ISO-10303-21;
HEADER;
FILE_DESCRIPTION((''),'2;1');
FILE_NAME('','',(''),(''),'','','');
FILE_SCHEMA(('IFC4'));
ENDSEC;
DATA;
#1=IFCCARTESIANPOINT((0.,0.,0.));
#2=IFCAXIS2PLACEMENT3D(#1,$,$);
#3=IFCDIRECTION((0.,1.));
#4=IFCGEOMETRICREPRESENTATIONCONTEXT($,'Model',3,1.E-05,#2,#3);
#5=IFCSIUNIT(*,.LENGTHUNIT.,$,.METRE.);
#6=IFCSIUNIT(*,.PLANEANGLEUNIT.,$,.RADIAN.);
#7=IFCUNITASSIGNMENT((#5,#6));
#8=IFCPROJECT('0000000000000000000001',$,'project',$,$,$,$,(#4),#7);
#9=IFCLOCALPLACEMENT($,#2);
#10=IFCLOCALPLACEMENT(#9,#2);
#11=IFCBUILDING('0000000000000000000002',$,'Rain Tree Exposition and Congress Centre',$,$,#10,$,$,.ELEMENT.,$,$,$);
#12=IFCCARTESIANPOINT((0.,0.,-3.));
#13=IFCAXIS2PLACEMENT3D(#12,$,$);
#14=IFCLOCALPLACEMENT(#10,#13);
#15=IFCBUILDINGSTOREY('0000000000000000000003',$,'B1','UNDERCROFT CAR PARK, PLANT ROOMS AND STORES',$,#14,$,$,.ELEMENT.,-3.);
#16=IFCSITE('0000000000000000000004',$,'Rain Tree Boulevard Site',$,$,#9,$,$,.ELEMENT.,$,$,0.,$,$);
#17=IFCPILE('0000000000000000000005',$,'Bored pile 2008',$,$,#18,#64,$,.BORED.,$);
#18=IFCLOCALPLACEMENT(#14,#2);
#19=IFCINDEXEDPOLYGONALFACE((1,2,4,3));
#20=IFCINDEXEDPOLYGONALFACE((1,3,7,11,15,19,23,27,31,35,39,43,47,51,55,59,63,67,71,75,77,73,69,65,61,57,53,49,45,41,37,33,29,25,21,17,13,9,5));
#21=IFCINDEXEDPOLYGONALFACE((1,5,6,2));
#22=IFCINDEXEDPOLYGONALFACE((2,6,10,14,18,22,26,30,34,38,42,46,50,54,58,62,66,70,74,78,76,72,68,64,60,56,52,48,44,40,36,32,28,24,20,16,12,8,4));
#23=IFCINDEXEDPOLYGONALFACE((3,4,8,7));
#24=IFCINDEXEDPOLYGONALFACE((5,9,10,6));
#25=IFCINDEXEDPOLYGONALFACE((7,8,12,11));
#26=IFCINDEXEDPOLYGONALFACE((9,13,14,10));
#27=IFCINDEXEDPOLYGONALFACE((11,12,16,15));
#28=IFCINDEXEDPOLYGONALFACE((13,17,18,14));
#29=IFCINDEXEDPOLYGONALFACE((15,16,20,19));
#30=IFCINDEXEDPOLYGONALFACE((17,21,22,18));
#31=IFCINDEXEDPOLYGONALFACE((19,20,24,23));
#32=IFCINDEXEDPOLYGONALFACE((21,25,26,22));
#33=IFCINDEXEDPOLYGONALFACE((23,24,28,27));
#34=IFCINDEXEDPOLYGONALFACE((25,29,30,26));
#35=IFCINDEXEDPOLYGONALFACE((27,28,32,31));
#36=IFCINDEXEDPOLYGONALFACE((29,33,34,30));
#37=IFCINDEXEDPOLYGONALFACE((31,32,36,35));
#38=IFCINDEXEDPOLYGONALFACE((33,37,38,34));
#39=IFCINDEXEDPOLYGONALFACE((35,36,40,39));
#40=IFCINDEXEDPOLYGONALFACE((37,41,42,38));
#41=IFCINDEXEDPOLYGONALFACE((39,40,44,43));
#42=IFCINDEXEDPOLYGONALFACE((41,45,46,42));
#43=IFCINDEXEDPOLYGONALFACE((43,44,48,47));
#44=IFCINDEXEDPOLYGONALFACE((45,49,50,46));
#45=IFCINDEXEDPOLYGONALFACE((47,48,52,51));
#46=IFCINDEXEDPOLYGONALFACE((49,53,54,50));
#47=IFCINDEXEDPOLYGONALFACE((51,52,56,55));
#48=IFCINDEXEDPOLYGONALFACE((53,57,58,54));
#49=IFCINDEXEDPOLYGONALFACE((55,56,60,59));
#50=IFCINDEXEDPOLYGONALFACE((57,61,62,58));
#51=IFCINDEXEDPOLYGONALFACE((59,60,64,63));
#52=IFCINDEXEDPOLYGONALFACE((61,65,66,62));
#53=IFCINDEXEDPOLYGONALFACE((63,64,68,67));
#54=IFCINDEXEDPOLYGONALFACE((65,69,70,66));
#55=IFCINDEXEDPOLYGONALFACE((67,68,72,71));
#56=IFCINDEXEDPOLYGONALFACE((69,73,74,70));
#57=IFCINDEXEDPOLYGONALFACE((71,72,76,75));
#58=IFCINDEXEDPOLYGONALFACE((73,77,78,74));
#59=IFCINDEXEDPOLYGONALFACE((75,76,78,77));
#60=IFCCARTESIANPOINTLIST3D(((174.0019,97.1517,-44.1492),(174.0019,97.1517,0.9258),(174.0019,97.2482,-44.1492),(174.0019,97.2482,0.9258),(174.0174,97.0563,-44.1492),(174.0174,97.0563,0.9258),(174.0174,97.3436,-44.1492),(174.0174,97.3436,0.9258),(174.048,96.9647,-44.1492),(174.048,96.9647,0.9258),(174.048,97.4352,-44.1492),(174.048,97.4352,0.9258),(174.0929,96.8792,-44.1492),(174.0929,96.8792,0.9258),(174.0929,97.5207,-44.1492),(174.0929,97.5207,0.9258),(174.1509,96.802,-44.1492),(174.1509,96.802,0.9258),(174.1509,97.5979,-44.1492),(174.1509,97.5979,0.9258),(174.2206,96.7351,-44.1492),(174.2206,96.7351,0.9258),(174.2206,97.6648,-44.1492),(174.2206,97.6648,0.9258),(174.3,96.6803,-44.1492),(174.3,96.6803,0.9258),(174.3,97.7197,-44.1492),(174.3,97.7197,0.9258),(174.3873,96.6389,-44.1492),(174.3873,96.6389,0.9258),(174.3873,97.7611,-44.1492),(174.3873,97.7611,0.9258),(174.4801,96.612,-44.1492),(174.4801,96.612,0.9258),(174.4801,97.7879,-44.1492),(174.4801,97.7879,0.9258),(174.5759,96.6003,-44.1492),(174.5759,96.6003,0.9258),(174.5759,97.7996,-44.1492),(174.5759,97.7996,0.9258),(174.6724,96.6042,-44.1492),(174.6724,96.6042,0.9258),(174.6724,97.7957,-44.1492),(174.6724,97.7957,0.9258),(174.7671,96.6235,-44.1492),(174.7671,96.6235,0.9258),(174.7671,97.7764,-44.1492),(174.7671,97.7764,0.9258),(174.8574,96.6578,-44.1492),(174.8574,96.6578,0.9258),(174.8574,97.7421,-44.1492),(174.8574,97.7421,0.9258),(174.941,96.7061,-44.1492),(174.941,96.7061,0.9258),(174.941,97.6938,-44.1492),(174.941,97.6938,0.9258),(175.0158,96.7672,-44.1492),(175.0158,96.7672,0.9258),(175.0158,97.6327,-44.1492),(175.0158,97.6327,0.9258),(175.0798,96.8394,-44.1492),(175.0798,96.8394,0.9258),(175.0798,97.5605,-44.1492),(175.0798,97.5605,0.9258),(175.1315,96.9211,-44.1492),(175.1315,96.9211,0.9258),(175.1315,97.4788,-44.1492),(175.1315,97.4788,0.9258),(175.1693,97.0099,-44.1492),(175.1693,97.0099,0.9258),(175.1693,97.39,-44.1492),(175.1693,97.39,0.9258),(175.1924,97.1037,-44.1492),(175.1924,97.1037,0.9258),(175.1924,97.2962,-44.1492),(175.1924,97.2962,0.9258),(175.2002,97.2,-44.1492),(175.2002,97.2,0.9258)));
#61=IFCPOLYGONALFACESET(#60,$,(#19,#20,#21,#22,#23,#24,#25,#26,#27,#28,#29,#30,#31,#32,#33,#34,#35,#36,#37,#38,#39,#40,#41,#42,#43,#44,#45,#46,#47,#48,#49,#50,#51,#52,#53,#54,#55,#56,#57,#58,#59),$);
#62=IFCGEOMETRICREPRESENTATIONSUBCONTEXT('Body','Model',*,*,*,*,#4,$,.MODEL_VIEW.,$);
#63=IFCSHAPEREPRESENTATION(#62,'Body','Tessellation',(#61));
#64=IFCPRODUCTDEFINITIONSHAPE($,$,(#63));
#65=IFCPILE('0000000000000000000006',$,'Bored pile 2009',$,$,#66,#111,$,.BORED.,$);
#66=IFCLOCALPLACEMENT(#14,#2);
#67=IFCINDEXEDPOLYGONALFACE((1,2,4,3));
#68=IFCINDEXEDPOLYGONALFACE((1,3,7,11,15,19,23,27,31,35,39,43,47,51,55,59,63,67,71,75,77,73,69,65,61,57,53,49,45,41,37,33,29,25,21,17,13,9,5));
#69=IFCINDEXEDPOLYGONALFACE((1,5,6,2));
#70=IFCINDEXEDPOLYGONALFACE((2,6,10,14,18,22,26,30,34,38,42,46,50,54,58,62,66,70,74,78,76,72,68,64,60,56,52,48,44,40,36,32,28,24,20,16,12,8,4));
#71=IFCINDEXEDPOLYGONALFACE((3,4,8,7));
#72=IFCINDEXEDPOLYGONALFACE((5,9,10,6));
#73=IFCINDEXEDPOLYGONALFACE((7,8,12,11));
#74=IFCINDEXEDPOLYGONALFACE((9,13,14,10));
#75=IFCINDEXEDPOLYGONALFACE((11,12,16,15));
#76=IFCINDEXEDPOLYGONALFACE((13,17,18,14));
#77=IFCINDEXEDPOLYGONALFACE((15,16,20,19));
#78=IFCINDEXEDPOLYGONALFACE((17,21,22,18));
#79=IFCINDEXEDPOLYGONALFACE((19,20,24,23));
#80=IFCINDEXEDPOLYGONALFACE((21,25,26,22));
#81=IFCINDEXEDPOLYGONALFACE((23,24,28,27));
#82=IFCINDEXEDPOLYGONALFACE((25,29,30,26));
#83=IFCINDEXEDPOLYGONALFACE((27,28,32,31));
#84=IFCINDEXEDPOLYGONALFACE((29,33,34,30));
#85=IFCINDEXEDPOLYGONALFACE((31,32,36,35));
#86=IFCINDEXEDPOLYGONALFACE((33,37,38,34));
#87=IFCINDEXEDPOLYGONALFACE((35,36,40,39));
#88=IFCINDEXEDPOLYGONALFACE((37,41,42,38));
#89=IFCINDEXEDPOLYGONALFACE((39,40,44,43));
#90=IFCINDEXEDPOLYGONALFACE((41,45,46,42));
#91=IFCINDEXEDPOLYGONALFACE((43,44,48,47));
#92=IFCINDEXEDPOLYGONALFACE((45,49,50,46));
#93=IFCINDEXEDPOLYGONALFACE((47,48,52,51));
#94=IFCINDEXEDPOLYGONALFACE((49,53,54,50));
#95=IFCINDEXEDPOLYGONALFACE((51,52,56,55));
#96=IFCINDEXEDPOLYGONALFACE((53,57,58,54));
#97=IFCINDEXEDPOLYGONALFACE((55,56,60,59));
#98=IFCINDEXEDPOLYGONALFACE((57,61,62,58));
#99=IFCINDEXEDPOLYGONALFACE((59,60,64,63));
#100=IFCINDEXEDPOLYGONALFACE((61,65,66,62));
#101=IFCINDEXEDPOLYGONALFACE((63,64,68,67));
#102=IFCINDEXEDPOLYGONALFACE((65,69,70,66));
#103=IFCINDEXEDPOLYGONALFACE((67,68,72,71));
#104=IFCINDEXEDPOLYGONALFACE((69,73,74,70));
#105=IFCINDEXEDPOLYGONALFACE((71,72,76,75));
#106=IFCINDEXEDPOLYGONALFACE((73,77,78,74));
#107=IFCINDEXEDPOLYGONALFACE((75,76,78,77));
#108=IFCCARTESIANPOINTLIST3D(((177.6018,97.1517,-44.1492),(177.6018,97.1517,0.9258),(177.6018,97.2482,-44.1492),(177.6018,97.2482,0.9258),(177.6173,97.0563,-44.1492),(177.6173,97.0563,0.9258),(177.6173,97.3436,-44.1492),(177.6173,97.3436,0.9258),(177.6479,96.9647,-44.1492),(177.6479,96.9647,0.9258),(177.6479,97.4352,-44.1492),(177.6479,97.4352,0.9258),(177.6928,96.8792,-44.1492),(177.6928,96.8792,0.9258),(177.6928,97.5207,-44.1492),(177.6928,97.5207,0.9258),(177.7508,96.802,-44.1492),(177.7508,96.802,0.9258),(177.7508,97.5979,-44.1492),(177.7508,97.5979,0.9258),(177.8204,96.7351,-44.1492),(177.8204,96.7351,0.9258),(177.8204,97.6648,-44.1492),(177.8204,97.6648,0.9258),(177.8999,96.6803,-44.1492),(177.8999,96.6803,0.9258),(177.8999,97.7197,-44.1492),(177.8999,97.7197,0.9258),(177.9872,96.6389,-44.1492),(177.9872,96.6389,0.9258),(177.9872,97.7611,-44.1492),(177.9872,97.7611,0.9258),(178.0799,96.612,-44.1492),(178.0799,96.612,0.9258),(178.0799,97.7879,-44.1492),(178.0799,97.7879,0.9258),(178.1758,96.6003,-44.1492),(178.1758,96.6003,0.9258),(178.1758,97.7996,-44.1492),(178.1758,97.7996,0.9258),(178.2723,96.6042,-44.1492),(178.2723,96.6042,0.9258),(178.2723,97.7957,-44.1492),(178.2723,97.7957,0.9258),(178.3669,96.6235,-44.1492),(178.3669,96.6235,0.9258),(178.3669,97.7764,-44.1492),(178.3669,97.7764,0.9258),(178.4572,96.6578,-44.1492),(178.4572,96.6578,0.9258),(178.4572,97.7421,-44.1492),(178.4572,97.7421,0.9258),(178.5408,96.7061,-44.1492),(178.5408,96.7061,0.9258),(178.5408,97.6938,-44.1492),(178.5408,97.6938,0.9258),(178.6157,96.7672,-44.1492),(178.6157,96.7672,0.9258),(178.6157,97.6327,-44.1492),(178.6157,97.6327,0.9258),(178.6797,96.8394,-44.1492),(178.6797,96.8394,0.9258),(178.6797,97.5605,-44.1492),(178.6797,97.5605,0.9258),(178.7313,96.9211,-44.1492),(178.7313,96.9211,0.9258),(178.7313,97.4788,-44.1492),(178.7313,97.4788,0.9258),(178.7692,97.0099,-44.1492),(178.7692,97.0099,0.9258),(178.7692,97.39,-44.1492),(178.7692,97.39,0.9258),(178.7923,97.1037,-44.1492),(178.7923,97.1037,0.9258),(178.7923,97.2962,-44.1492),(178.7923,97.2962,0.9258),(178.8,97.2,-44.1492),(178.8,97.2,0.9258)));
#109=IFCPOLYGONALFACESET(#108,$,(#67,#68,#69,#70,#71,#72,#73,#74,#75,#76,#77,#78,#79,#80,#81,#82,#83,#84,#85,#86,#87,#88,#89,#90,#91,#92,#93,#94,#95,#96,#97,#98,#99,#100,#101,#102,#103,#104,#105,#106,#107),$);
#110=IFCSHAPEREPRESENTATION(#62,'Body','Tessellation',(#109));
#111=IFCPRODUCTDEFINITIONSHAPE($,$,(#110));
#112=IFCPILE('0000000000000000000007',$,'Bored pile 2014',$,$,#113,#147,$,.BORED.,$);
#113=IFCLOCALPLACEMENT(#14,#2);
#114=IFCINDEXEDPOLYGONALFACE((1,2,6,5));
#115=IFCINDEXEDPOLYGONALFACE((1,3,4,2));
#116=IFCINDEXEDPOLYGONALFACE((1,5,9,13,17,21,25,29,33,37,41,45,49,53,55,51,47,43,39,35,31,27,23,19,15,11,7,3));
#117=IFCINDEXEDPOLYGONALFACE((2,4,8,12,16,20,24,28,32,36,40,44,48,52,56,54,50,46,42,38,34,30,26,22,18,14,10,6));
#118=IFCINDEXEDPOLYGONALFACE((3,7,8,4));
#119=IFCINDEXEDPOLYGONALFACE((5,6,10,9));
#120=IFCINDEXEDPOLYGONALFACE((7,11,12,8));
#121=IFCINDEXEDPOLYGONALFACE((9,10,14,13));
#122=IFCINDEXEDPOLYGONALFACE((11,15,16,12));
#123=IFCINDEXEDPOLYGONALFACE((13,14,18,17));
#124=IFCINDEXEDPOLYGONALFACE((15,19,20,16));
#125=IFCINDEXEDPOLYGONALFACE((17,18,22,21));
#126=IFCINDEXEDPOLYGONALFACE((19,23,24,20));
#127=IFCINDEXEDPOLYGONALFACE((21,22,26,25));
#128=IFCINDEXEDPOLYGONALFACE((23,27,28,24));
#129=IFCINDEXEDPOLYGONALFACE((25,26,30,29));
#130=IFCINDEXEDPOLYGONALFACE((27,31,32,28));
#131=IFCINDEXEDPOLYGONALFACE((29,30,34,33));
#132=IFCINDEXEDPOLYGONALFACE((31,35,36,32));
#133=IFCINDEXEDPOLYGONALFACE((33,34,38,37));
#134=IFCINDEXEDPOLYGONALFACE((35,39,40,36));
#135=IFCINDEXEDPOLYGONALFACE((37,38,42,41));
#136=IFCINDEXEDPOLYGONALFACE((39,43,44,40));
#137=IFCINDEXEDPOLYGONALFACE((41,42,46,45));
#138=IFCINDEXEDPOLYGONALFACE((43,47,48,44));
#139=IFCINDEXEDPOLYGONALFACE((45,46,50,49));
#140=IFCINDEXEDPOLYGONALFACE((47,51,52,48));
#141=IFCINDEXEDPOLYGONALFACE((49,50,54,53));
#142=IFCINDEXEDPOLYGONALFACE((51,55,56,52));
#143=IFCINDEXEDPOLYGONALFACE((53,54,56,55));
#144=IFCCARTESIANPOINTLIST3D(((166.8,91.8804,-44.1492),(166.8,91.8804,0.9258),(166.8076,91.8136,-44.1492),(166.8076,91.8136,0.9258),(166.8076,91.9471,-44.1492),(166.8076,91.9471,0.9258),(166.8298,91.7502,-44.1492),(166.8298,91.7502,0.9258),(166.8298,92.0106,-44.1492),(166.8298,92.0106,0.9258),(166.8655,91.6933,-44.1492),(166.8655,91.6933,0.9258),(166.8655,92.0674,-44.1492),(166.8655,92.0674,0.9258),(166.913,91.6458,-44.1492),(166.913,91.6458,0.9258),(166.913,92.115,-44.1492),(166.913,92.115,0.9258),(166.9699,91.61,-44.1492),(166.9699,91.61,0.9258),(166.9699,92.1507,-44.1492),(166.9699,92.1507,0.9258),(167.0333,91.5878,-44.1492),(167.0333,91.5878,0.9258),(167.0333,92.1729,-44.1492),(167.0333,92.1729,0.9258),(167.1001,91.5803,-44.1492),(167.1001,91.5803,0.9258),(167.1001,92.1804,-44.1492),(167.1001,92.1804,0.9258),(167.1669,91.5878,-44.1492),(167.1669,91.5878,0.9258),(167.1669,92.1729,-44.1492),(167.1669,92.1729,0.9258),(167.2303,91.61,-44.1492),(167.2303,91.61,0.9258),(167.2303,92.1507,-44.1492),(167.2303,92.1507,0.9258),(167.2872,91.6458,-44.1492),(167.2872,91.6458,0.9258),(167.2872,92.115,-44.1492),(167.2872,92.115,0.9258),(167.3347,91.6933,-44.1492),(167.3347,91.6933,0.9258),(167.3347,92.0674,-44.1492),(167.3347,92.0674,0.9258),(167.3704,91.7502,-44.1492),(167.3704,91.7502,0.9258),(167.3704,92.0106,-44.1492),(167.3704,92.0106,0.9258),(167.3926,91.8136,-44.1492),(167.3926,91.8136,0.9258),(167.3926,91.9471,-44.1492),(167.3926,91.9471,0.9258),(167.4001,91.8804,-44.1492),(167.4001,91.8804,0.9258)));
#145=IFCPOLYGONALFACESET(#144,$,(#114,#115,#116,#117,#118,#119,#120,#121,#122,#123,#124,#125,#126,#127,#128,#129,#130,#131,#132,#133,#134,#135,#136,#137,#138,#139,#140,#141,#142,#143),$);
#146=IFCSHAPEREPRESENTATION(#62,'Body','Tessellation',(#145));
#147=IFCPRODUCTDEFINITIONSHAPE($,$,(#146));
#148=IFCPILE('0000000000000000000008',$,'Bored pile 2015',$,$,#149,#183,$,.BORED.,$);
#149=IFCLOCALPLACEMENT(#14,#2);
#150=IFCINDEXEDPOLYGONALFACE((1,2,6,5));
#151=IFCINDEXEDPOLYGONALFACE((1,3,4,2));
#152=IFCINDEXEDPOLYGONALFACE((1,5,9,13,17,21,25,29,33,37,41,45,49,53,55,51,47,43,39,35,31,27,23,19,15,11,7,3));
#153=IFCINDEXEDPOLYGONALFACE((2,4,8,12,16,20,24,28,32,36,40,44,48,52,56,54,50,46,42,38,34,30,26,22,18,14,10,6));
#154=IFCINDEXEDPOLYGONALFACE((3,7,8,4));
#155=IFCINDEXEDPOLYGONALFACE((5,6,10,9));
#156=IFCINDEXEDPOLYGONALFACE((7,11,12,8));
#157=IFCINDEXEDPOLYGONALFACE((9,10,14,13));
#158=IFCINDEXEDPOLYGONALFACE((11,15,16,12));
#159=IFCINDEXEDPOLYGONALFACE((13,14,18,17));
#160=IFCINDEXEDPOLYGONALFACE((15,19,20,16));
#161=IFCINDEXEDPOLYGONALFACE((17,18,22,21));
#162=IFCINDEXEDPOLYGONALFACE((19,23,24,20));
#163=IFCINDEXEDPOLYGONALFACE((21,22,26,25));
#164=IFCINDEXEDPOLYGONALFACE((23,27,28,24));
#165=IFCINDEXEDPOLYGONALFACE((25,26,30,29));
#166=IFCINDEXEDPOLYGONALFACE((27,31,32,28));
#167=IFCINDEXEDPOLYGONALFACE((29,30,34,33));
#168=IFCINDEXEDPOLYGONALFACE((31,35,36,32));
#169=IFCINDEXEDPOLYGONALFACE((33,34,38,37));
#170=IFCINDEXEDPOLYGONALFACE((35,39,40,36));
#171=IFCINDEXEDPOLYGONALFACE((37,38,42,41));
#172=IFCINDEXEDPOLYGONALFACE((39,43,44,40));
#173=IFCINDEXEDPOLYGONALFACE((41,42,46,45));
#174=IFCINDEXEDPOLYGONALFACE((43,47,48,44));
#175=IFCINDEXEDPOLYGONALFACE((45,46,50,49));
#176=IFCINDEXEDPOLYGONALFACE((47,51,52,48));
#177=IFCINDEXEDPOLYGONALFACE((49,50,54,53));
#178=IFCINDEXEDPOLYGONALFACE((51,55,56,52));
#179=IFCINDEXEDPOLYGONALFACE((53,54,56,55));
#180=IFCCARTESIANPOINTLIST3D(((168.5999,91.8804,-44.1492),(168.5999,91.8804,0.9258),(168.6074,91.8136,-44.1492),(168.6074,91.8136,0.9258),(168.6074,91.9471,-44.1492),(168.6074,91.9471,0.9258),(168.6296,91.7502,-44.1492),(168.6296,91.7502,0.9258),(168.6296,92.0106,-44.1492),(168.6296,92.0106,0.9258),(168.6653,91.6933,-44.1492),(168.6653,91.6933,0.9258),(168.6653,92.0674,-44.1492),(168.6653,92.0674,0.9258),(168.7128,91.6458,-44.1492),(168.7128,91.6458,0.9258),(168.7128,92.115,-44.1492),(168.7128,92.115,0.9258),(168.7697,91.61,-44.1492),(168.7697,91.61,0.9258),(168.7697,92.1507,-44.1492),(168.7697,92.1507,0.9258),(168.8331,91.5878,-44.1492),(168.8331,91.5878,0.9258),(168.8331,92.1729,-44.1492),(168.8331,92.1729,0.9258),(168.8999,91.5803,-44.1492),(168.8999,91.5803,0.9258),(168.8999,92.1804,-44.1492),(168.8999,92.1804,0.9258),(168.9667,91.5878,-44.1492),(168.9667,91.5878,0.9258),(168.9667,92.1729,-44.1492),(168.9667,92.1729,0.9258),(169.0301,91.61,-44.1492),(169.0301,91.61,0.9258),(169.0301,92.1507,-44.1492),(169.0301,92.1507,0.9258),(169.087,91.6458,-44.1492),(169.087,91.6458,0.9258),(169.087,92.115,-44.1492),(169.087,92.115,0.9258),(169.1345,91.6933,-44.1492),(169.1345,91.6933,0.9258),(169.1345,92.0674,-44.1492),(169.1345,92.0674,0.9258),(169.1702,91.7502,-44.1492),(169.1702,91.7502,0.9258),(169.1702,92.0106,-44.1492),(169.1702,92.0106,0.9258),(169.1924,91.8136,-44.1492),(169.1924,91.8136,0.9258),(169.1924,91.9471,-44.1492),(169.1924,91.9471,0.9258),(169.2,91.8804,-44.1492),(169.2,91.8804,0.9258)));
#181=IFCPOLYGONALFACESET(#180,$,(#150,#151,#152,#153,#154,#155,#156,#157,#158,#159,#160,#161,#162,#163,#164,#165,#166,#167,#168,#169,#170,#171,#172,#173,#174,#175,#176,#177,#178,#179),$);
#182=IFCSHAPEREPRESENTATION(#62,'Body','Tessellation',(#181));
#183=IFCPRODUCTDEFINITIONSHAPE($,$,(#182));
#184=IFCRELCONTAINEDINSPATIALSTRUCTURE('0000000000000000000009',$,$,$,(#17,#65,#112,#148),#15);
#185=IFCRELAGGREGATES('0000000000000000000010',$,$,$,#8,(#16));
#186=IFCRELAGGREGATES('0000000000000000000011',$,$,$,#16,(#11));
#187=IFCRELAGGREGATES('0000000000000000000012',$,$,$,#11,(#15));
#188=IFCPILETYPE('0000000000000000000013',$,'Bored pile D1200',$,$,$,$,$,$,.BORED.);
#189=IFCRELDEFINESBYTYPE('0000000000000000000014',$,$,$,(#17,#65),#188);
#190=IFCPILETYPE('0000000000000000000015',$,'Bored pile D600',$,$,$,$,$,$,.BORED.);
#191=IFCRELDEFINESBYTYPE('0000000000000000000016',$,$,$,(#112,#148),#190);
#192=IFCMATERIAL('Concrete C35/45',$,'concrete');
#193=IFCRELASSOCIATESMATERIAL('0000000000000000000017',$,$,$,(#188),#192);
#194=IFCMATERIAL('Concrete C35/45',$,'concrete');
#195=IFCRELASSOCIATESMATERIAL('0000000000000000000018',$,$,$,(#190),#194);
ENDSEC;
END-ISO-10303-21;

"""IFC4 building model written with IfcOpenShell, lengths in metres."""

from ifc_helpers import new_model, si_unit, direction, frame, origin, origin_2d, place, context, subcontext, project, spatial, circle, extrude, material, material_profile, profile_set, type_object, element, save


model = new_model("IFC4")

# Units and contexts
model_context = context("Model", 3, precision=1e-05, world=origin(), true_north=direction((0.0, 1.0)))
body_context = subcontext(model_context, "Body", "Model", "MODEL_VIEW")
ifc_project = project(units=[si_unit("LENGTHUNIT", "METRE"), si_unit("PLANEANGLEUNIT", "RADIAN")], contexts=[model_context])

# Site, building, storey
site_placement = place(None, origin())
site = spatial("IfcSite", under=ifc_project, at=site_placement, Name="Rain Tree Boulevard Site", CompositionType="ELEMENT", RefElevation=0.0)
building_placement = place(site_placement, origin())
building = spatial("IfcBuilding", under=site, at=building_placement, Name="Rain Tree Exposition and Congress Centre", CompositionType="ELEMENT")
storey_placement = place(building_placement, frame((0.0, 0.0, -3.0)))
storey = spatial("IfcBuildingStorey", under=building, at=storey_placement, Name="B1", Description="UNDERCROFT CAR PARK, PLANT ROOMS AND STORES", CompositionType="ELEMENT", Elevation=-3.0)

# Piles
ifc_material_1 = material(Name="Concrete C35/45", Category="concrete")
ifc_material_profile_1 = material_profile(ifc_material_1, circle(Radius=0.6001, at=origin_2d()), Name="D1200")
ifc_profile_set_1 = profile_set([ifc_material_profile_1], Name="Concrete C35/45")
pile_type_1 = type_object("IfcPileType", Name="Bored pile D1200", PredefinedType="BORED", material=ifc_profile_set_1)
for number, where, z_axis, x_axis, name in (
    (1, (174.6001, 97.2, 0.9258), (0.0, 0.0, -1.0), (1.0, 0.0, 0.0), "Bored pile 2008"),
    (2, (178.2, 97.2, 0.9258), (0.0, 0.0, -1.0), (1.0, 0.0, 0.0), "Bored pile 2009"),
):
    element("IfcPile", number, at=place(storey_placement, frame(where, z_axis=z_axis, x_axis=x_axis)), inside=storey, type_object=pile_type_1, Name=name, PredefinedType="BORED", context=body_context, shape_type="SweptSolid", body=[
        extrude(circle(Radius=0.6001, at=origin_2d()), origin(), (0.0, 0.0, 1.0), 45.075),
    ])
ifc_material_2 = material(Name="Concrete C35/45", Category="concrete")
ifc_material_profile_2 = material_profile(ifc_material_2, circle(Radius=0.3, at=origin_2d()), Name="D600")
ifc_profile_set_2 = profile_set([ifc_material_profile_2], Name="Concrete C35/45")
pile_type_2 = type_object("IfcPileType", Name="Bored pile D600", PredefinedType="BORED", material=ifc_profile_set_2)
for number, where, z_axis, x_axis, name in (
    (3, (167.1001, 91.8804, 0.9258), (0.0, 0.0, -1.0), (1.0, 0.0, 0.0), "Bored pile 2014"),
    (4, (168.8999, 91.8804, 0.9258), (0.0, 0.0, -1.0), (1.0, 0.0, 0.0), "Bored pile 2015"),
):
    element("IfcPile", number, at=place(storey_placement, frame(where, z_axis=z_axis, x_axis=x_axis)), inside=storey, type_object=pile_type_2, Name=name, PredefinedType="BORED", context=body_context, shape_type="SweptSolid", body=[
        extrude(circle(Radius=0.3, at=origin_2d()), origin(), (0.0, 0.0, 1.0), 45.075),
    ])

save(model, "model.ifc")
